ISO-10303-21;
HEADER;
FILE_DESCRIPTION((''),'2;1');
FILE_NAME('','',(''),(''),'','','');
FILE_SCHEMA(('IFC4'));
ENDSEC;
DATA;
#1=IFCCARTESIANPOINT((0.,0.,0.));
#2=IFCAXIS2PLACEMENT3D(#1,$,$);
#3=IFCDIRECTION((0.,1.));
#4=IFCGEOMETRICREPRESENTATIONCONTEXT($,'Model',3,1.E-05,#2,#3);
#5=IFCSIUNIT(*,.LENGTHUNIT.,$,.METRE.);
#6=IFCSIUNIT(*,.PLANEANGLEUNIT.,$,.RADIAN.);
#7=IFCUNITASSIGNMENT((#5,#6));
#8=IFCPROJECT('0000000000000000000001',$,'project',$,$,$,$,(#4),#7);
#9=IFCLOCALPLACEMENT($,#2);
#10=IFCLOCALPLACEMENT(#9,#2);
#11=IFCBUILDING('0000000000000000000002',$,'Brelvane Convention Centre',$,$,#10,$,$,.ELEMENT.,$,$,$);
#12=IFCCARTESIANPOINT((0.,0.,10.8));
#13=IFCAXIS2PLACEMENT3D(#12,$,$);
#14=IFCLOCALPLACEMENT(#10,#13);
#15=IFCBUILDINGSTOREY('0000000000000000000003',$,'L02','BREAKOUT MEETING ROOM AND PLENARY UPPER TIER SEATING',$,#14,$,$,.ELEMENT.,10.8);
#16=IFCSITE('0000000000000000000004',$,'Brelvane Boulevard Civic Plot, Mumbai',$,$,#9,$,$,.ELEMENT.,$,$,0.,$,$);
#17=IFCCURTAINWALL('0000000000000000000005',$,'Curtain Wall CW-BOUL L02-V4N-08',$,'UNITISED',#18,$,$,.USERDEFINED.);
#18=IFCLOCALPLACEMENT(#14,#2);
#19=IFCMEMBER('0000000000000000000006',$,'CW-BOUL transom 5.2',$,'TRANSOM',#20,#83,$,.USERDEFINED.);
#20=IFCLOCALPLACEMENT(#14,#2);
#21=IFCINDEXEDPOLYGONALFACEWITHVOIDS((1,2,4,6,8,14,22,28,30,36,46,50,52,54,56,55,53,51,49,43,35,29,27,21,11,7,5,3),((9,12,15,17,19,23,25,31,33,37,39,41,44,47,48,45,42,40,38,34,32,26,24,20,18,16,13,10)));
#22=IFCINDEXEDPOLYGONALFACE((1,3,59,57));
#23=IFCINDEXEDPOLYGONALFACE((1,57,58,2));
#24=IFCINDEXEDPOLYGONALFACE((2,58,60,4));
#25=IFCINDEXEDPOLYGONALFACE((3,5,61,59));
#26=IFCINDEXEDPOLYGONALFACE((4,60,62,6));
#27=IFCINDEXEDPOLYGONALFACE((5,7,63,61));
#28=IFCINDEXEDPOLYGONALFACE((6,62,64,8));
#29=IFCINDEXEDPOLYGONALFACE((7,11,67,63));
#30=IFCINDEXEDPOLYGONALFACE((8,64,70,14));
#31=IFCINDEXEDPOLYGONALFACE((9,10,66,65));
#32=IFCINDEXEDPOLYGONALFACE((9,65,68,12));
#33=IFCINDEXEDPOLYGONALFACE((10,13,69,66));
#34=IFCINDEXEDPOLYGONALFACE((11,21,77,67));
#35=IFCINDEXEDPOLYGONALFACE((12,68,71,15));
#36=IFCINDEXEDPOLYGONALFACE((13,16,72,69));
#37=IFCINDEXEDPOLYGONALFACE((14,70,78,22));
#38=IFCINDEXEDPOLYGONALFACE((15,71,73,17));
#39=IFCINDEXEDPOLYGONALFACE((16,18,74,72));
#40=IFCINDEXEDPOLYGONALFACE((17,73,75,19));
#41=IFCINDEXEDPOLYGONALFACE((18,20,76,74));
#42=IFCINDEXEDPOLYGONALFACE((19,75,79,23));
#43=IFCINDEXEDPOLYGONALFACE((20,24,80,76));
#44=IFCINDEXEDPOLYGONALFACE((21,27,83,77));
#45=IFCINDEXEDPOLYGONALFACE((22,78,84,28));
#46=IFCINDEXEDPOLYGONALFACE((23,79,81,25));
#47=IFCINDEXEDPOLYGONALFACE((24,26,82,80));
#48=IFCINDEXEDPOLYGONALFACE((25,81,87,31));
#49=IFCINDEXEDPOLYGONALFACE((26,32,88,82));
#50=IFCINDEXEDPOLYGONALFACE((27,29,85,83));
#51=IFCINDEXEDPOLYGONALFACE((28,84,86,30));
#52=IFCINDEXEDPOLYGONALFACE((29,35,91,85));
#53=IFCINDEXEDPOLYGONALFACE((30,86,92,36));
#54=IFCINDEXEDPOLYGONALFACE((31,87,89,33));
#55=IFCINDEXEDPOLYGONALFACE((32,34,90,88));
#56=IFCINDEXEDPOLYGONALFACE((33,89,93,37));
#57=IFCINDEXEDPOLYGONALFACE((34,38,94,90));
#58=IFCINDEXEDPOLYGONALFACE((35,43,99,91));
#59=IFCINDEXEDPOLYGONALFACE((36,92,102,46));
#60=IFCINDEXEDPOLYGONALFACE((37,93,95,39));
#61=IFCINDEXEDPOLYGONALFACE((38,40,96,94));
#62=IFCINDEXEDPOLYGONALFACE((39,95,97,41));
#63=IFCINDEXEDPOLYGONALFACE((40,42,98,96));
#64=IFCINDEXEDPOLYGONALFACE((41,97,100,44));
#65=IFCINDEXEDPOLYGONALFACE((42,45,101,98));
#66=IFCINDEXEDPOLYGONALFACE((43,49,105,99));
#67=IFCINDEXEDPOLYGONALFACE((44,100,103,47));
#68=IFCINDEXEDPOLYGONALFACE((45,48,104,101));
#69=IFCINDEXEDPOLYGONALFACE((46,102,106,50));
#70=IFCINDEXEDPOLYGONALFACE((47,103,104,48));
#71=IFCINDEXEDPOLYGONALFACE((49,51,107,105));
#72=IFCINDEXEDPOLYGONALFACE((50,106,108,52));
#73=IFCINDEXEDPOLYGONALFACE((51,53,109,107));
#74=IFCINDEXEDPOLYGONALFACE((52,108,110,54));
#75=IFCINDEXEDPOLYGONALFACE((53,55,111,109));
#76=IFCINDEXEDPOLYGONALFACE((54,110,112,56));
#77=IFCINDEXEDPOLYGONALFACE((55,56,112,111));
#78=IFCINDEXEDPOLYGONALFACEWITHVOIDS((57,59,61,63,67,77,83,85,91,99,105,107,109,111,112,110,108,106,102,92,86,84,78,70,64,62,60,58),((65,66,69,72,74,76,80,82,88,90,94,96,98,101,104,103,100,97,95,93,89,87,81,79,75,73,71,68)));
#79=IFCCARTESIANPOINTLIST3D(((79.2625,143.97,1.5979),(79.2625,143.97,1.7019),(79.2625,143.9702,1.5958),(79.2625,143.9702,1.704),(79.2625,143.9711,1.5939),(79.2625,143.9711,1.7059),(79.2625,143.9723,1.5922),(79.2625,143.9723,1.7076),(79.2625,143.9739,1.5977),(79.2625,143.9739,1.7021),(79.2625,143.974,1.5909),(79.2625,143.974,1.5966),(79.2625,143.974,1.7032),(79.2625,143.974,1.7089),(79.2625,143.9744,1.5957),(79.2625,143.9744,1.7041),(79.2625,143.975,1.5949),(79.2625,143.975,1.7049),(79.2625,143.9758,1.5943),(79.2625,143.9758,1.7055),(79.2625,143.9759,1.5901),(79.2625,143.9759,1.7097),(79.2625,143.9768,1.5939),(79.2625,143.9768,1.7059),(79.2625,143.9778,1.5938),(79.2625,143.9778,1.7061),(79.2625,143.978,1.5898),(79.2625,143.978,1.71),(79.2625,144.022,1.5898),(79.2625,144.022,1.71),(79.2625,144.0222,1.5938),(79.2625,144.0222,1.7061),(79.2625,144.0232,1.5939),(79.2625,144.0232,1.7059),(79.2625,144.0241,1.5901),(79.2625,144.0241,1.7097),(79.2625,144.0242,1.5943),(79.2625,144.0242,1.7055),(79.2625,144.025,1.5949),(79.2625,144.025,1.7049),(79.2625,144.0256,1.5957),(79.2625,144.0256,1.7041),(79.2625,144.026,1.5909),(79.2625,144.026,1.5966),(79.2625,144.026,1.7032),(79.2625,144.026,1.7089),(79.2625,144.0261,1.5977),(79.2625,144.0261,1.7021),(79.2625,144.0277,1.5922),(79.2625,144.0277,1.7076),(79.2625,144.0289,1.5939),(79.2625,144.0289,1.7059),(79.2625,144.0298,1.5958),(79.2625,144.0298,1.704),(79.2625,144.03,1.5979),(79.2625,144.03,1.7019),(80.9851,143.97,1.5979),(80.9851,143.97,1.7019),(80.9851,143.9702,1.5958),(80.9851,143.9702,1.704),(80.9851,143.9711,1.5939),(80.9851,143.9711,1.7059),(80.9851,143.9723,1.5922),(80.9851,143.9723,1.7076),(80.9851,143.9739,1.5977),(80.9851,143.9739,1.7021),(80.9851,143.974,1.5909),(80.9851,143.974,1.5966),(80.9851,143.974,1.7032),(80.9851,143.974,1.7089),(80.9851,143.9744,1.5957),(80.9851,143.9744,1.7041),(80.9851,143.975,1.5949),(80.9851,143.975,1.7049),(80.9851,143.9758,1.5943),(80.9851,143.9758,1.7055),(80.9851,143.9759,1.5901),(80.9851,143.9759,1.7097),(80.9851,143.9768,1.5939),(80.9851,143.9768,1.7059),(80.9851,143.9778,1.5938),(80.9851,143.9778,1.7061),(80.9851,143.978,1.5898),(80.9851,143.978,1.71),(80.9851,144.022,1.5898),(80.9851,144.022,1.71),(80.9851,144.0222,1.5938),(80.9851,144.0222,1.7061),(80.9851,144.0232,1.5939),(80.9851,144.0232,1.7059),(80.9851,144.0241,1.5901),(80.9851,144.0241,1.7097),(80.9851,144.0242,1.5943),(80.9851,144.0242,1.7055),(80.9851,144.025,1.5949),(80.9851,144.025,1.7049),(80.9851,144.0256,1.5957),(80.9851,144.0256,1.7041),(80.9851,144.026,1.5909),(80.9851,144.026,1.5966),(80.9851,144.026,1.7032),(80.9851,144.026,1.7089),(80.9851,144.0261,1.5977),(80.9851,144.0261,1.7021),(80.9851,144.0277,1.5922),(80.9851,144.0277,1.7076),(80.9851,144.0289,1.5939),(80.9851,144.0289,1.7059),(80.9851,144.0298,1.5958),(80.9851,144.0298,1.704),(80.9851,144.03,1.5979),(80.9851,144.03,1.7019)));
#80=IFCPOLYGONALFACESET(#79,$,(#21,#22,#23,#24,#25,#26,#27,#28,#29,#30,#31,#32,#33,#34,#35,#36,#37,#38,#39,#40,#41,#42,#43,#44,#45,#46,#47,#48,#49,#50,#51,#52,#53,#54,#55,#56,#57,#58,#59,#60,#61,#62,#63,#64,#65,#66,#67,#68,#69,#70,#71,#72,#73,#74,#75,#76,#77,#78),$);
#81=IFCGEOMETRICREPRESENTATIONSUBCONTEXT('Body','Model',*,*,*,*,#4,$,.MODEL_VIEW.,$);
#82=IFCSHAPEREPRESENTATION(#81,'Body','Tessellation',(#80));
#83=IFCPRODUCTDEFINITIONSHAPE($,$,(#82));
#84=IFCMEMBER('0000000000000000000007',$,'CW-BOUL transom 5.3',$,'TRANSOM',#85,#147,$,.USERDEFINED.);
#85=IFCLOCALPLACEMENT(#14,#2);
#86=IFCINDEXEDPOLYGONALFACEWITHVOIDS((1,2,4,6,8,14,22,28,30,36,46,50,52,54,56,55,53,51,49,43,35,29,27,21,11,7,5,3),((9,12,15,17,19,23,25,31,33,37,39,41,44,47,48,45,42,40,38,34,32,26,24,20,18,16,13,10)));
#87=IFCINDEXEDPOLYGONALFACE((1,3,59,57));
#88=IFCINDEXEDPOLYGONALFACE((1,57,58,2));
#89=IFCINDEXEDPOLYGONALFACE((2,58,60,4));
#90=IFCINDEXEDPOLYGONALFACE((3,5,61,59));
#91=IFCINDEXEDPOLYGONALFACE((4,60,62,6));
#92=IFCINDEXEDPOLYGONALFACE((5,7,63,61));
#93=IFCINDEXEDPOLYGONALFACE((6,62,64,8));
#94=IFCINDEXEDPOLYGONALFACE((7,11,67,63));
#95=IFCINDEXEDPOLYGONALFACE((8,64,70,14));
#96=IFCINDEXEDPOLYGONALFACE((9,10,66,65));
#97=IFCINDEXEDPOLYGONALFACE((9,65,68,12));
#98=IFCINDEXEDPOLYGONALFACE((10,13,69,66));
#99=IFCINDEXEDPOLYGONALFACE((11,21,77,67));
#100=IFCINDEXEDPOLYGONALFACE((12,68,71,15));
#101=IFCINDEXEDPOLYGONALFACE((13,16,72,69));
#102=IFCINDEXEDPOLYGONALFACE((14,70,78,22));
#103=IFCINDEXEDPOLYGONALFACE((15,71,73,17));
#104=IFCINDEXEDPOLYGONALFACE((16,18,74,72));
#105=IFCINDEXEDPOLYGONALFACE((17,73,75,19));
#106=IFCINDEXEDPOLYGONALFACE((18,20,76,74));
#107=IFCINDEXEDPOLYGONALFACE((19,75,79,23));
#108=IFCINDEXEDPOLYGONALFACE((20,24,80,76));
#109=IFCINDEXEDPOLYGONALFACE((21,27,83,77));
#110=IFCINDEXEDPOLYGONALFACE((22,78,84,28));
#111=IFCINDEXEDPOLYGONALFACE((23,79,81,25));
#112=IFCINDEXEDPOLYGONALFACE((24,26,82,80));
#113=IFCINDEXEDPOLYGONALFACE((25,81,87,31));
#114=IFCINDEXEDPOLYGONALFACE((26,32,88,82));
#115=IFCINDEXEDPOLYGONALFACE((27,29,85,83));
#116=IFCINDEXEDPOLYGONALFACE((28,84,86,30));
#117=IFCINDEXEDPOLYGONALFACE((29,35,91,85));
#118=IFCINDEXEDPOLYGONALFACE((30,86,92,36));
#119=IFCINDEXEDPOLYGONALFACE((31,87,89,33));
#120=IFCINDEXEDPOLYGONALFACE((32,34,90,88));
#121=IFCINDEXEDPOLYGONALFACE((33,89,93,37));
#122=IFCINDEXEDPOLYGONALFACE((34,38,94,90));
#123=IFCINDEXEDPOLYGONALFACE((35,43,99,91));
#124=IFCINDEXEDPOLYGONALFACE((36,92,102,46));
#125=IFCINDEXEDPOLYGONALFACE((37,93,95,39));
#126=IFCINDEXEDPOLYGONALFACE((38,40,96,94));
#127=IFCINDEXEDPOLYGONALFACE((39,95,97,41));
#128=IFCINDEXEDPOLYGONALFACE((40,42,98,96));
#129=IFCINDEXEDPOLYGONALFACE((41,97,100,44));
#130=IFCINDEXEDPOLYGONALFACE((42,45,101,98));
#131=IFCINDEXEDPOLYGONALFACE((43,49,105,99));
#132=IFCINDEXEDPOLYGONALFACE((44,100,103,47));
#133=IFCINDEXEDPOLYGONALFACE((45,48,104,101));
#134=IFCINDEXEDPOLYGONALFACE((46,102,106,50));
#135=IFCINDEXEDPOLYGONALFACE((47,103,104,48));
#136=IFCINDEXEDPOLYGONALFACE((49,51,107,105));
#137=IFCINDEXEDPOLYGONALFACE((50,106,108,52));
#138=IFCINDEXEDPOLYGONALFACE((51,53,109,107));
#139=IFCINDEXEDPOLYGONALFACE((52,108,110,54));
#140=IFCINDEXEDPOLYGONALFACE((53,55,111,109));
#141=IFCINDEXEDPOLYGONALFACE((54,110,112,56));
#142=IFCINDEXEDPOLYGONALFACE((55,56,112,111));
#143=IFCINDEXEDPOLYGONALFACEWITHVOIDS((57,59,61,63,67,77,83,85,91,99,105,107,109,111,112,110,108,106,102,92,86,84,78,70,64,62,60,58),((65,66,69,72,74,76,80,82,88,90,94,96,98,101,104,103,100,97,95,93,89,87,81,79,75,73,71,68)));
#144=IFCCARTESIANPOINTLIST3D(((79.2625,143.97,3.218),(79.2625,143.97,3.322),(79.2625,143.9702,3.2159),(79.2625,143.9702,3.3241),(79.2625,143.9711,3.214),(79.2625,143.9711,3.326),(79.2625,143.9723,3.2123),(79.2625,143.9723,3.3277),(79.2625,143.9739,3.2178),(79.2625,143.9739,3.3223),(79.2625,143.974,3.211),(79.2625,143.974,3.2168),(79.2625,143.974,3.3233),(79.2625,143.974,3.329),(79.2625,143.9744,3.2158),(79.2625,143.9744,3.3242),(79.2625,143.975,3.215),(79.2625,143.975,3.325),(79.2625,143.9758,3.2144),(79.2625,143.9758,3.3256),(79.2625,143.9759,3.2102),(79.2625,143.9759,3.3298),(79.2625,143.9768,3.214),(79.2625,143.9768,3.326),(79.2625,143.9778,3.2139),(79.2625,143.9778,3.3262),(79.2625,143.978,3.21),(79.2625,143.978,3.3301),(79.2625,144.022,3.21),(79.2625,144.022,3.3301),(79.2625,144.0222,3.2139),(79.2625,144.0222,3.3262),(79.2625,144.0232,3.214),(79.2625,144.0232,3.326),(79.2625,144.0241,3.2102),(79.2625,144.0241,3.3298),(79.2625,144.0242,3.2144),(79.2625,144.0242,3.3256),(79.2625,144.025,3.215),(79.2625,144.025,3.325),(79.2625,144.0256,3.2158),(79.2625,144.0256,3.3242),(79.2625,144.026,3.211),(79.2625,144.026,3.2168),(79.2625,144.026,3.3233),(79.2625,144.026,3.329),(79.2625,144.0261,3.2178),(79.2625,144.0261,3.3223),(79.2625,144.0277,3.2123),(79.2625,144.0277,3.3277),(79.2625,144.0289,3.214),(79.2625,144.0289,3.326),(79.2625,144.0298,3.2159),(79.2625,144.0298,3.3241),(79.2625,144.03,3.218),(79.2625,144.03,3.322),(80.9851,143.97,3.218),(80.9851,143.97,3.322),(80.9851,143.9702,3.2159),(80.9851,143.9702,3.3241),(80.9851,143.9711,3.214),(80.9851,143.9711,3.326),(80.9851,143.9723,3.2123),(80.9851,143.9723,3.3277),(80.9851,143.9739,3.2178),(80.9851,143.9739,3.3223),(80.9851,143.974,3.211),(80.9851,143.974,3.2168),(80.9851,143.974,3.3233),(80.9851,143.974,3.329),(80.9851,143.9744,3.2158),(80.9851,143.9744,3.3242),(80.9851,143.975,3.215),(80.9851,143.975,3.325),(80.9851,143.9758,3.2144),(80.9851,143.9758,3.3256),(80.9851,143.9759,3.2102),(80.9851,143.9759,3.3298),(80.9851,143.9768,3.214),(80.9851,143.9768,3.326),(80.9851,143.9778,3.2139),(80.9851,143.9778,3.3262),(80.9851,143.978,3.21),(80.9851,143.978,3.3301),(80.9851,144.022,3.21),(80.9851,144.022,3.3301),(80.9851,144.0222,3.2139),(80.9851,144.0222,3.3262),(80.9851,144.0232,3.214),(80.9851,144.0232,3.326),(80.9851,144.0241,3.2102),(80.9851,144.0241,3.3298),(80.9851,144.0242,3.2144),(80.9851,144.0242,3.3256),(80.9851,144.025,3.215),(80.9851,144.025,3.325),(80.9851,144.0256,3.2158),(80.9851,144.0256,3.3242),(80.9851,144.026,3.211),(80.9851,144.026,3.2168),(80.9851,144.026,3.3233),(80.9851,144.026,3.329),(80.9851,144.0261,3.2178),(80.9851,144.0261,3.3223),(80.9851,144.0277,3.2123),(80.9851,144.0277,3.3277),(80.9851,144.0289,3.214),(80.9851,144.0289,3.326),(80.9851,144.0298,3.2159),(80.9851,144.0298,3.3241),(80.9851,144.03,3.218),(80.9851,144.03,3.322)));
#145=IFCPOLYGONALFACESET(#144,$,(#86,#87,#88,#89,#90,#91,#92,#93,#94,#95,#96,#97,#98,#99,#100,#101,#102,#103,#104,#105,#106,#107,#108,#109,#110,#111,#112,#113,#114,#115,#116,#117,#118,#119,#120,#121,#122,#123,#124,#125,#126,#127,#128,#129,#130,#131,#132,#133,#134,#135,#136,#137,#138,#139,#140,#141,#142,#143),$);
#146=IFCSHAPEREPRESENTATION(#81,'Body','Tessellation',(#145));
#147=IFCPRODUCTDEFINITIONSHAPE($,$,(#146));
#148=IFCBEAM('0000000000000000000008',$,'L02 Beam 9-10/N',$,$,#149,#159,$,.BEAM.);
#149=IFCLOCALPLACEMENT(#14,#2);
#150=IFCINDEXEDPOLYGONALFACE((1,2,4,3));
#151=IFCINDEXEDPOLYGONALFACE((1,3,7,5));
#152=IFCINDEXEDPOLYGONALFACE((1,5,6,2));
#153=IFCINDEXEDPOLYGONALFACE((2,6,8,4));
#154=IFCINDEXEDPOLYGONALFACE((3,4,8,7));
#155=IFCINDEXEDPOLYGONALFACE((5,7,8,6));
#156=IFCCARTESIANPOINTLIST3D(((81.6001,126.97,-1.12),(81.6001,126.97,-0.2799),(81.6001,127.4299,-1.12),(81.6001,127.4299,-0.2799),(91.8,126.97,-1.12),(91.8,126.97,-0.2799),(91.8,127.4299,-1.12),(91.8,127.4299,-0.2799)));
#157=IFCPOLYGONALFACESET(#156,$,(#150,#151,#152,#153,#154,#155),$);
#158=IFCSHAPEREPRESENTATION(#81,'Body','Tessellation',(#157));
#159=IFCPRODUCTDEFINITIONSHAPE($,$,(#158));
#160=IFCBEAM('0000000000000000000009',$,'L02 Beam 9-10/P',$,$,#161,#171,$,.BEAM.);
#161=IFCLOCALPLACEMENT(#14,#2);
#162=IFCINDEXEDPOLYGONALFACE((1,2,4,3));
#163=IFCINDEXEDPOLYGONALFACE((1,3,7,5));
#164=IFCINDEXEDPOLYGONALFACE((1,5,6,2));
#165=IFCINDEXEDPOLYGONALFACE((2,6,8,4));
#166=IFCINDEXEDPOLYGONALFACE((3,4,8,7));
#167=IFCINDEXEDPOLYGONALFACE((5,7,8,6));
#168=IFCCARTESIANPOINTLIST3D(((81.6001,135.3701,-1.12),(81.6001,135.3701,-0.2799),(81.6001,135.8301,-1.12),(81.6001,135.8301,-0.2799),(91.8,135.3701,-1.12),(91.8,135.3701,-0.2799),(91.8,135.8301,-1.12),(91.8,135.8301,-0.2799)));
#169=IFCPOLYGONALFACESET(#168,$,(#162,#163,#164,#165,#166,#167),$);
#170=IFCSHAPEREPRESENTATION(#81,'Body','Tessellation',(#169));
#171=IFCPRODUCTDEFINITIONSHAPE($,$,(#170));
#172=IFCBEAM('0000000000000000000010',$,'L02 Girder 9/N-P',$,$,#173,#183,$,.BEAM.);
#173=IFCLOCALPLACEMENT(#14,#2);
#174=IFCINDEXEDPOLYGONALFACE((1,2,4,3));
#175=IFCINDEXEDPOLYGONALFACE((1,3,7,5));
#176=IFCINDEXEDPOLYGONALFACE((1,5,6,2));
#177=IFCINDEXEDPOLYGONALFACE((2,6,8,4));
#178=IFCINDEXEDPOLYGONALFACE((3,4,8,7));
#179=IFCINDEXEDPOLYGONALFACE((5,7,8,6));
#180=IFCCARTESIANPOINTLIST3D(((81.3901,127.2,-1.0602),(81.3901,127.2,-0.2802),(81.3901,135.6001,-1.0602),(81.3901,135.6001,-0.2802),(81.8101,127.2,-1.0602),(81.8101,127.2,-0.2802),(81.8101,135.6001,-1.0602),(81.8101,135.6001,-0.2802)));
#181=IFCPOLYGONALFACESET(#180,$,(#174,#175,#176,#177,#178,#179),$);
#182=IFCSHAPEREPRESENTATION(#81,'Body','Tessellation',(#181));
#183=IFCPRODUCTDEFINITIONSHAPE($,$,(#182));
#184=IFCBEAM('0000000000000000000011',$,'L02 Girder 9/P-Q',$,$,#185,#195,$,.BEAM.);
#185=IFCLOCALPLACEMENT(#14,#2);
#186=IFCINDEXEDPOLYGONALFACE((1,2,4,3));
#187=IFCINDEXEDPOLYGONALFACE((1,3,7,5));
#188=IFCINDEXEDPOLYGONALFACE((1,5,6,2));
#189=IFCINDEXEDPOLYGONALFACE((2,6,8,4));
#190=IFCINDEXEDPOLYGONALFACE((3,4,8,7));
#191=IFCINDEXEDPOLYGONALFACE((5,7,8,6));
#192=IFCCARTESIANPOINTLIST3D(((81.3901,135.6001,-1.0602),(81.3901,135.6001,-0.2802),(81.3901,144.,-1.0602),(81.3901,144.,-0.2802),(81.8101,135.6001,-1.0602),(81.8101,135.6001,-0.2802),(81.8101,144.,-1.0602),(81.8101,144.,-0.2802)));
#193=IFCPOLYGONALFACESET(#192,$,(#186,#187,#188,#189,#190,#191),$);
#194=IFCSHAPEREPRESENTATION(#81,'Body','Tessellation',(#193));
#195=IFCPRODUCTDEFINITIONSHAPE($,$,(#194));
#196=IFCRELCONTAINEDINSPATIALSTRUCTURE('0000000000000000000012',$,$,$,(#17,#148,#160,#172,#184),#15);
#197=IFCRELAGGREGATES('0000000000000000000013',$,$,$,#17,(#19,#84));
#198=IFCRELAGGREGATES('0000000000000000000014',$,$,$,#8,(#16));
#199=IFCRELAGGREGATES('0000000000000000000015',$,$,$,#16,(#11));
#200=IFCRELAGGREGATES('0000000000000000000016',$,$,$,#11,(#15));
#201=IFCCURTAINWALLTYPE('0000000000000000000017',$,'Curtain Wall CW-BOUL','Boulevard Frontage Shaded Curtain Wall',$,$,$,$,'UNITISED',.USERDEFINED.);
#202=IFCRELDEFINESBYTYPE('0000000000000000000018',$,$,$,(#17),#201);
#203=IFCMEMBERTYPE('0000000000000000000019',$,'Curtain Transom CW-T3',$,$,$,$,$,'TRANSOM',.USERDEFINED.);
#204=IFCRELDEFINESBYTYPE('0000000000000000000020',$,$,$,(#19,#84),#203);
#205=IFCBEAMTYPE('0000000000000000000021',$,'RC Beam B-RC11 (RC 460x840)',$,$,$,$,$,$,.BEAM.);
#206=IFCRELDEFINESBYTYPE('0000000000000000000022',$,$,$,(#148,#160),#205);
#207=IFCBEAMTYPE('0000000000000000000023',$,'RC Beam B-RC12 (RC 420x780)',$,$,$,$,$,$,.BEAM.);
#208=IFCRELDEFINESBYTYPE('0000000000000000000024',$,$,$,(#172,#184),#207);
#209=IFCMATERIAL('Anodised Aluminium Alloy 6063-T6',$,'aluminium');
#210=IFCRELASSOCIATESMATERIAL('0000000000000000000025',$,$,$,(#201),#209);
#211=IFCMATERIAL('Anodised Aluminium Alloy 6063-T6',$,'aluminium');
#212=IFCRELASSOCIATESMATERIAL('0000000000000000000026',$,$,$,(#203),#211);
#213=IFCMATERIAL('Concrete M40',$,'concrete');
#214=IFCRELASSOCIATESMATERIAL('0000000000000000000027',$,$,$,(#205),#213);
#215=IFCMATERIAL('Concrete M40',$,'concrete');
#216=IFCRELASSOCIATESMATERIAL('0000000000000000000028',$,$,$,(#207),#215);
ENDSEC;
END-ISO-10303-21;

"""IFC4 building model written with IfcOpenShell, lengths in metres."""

from ifc_helpers import new_model, si_unit, direction, frame, origin, origin_2d, place, context, subcontext, project, spatial, rectangle, hollow_rectangle, extrude, material, material_profile, profile_set, type_object, element, aggregate, save


model = new_model("IFC4")

# Units and contexts
model_context = context("Model", 3, precision=1e-05, world=origin(), true_north=direction((0.0, 1.0)))
body_context = subcontext(model_context, "Body", "Model", "MODEL_VIEW")
ifc_project = project(units=[si_unit("LENGTHUNIT", "METRE"), si_unit("PLANEANGLEUNIT", "RADIAN")], contexts=[model_context])

# Site, building, storey
site_placement = place(None, origin())
site = spatial("IfcSite", under=ifc_project, at=site_placement, Name="Brelvane Boulevard Civic Plot, Mumbai", CompositionType="ELEMENT", RefElevation=0.0)
building_placement = place(site_placement, origin())
building = spatial("IfcBuilding", under=site, at=building_placement, Name="Brelvane Convention Centre", CompositionType="ELEMENT")
storey_placement = place(building_placement, frame((0.0, 0.0, 10.8)))
storey = spatial("IfcBuildingStorey", under=building, at=storey_placement, Name="L02", Description="BREAKOUT MEETING ROOM AND PLENARY UPPER TIER SEATING", CompositionType="ELEMENT", Elevation=10.8)

# Curtain wall, members
ifc_material_1 = material(Name="Anodised Aluminium Alloy 6063-T6", Category="aluminium")
curtain_wall_type = type_object("IfcCurtainWallType", Name="Curtain Wall CW-BOUL", Description="Boulevard Frontage Shaded Curtain Wall", ElementType="UNITISED", PredefinedType="USERDEFINED", material=ifc_material_1)
curtain_wall_placement = place(storey_placement, origin())
curtain_wall = element("IfcCurtainWall", 1, at=curtain_wall_placement, inside=storey, type_object=curtain_wall_type, Name="Curtain Wall CW-BOUL L02-V4N-08", ObjectType="UNITISED", PredefinedType="USERDEFINED")
ifc_material_2 = material(Name="Anodised Aluminium Alloy 6063-T6", Category="aluminium")
ifc_material_profile_1 = material_profile(ifc_material_2, hollow_rectangle(XDim=0.0601, YDim=0.1201, WallThickness=0.0039, InnerFilletRadius=0.0039, OuterFilletRadius=0.0081, at=origin_2d()), Name="ALU-T 120x60x4.0")
ifc_profile_set_1 = profile_set([ifc_material_profile_1], Name="Anodised Aluminium Alloy 6063-T6")
member_type_1 = type_object("IfcMemberType", Name="Curtain Transom CW-T3", ElementType="TRANSOM", PredefinedType="USERDEFINED", material=ifc_profile_set_1)
member_1_placement = place(storey_placement, frame((79.2625, 144.0, 1.6499), z_axis=(1.0, 0.0, 0.0), x_axis=(0.0, 1.0, 0.0)))
member_1 = element("IfcMember", 2, at=member_1_placement, type_object=member_type_1, Name="CW-BOUL transom 5.2", ObjectType="TRANSOM", PredefinedType="USERDEFINED", context=body_context, shape_type="SweptSolid", body=[
    extrude(hollow_rectangle(XDim=0.0601, YDim=0.1201, WallThickness=0.0039, InnerFilletRadius=0.0039, OuterFilletRadius=0.0081, at=origin_2d()), origin(), (0.0, 0.0, 1.0), 1.7227),
])
member_2_placement = place(storey_placement, frame((79.2625, 144.0, 3.27), z_axis=(1.0, 0.0, 0.0), x_axis=(0.0, 1.0, 0.0)))
member_2 = element("IfcMember", 3, at=member_2_placement, type_object=member_type_1, Name="CW-BOUL transom 5.3", ObjectType="TRANSOM", PredefinedType="USERDEFINED", context=body_context, shape_type="SweptSolid", body=[
    extrude(hollow_rectangle(XDim=0.0601, YDim=0.1201, WallThickness=0.0039, InnerFilletRadius=0.0039, OuterFilletRadius=0.0081, at=origin_2d()), origin(), (0.0, 0.0, 1.0), 1.7227),
])

# Beams
ifc_material_3 = material(Name="Concrete M40", Category="concrete")
ifc_material_profile_2 = material_profile(ifc_material_3, rectangle(XDim=0.46, YDim=0.8401, at=origin_2d()), Name="RC 460x840")
ifc_profile_set_2 = profile_set([ifc_material_profile_2], Name="Concrete M40")
beam_type_1 = type_object("IfcBeamType", Name="RC Beam B-RC11 (RC 460x840)", PredefinedType="BEAM", material=ifc_profile_set_2)
for number, where, z_axis, x_axis, name in (
    (4, (81.6001, 127.2, -0.7), (1.0, 0.0, 0.0), (0.0, 1.0, 0.0), "L02 Beam 9-10/N"),
    (5, (81.6001, 135.6001, -0.7), (1.0, 0.0, 0.0), (0.0, 1.0, 0.0), "L02 Beam 9-10/P"),
):
    element("IfcBeam", number, at=place(storey_placement, frame(where, z_axis=z_axis, x_axis=x_axis)), inside=storey, type_object=beam_type_1, Name=name, PredefinedType="BEAM", context=body_context, shape_type="SweptSolid", body=[
        extrude(rectangle(XDim=0.46, YDim=0.8401, at=origin_2d()), origin(), (0.0, 0.0, 1.0), 10.2),
    ])
ifc_material_4 = material(Name="Concrete M40", Category="concrete")
ifc_material_profile_3 = material_profile(ifc_material_4, rectangle(XDim=0.4199, YDim=0.78, at=origin_2d()), Name="RC 420x780")
ifc_profile_set_3 = profile_set([ifc_material_profile_3], Name="Concrete M40")
beam_type_2 = type_object("IfcBeamType", Name="RC Beam B-RC12 (RC 420x780)", PredefinedType="BEAM", material=ifc_profile_set_3)
beam_1_placement = place(storey_placement, frame((81.6001, 127.2, -0.6702), z_axis=(0.0, 1.0, 0.0), x_axis=(-1.0, 0.0, 0.0)))
element("IfcBeam", 6, at=beam_1_placement, inside=storey, type_object=beam_type_2, Name="L02 Girder 9/N-P", PredefinedType="BEAM", context=body_context, shape_type="SweptSolid", body=[
    extrude(rectangle(XDim=0.4199, YDim=0.78, at=origin_2d()), origin(), (0.0, 0.0, 1.0), 8.4001),
])
beam_2_placement = place(storey_placement, frame((81.6001, 135.6001, -0.6702), z_axis=(0.0, 1.0, 0.0), x_axis=(-1.0, 0.0, 0.0)))
element("IfcBeam", 7, at=beam_2_placement, inside=storey, type_object=beam_type_2, Name="L02 Girder 9/P-Q", PredefinedType="BEAM", context=body_context, shape_type="SweptSolid", body=[
    extrude(rectangle(XDim=0.4199, YDim=0.78, at=origin_2d()), origin(), (0.0, 0.0, 1.0), 8.3999),
])

aggregate(curtain_wall, [member_1, member_2])

save(model, "model.ifc")
